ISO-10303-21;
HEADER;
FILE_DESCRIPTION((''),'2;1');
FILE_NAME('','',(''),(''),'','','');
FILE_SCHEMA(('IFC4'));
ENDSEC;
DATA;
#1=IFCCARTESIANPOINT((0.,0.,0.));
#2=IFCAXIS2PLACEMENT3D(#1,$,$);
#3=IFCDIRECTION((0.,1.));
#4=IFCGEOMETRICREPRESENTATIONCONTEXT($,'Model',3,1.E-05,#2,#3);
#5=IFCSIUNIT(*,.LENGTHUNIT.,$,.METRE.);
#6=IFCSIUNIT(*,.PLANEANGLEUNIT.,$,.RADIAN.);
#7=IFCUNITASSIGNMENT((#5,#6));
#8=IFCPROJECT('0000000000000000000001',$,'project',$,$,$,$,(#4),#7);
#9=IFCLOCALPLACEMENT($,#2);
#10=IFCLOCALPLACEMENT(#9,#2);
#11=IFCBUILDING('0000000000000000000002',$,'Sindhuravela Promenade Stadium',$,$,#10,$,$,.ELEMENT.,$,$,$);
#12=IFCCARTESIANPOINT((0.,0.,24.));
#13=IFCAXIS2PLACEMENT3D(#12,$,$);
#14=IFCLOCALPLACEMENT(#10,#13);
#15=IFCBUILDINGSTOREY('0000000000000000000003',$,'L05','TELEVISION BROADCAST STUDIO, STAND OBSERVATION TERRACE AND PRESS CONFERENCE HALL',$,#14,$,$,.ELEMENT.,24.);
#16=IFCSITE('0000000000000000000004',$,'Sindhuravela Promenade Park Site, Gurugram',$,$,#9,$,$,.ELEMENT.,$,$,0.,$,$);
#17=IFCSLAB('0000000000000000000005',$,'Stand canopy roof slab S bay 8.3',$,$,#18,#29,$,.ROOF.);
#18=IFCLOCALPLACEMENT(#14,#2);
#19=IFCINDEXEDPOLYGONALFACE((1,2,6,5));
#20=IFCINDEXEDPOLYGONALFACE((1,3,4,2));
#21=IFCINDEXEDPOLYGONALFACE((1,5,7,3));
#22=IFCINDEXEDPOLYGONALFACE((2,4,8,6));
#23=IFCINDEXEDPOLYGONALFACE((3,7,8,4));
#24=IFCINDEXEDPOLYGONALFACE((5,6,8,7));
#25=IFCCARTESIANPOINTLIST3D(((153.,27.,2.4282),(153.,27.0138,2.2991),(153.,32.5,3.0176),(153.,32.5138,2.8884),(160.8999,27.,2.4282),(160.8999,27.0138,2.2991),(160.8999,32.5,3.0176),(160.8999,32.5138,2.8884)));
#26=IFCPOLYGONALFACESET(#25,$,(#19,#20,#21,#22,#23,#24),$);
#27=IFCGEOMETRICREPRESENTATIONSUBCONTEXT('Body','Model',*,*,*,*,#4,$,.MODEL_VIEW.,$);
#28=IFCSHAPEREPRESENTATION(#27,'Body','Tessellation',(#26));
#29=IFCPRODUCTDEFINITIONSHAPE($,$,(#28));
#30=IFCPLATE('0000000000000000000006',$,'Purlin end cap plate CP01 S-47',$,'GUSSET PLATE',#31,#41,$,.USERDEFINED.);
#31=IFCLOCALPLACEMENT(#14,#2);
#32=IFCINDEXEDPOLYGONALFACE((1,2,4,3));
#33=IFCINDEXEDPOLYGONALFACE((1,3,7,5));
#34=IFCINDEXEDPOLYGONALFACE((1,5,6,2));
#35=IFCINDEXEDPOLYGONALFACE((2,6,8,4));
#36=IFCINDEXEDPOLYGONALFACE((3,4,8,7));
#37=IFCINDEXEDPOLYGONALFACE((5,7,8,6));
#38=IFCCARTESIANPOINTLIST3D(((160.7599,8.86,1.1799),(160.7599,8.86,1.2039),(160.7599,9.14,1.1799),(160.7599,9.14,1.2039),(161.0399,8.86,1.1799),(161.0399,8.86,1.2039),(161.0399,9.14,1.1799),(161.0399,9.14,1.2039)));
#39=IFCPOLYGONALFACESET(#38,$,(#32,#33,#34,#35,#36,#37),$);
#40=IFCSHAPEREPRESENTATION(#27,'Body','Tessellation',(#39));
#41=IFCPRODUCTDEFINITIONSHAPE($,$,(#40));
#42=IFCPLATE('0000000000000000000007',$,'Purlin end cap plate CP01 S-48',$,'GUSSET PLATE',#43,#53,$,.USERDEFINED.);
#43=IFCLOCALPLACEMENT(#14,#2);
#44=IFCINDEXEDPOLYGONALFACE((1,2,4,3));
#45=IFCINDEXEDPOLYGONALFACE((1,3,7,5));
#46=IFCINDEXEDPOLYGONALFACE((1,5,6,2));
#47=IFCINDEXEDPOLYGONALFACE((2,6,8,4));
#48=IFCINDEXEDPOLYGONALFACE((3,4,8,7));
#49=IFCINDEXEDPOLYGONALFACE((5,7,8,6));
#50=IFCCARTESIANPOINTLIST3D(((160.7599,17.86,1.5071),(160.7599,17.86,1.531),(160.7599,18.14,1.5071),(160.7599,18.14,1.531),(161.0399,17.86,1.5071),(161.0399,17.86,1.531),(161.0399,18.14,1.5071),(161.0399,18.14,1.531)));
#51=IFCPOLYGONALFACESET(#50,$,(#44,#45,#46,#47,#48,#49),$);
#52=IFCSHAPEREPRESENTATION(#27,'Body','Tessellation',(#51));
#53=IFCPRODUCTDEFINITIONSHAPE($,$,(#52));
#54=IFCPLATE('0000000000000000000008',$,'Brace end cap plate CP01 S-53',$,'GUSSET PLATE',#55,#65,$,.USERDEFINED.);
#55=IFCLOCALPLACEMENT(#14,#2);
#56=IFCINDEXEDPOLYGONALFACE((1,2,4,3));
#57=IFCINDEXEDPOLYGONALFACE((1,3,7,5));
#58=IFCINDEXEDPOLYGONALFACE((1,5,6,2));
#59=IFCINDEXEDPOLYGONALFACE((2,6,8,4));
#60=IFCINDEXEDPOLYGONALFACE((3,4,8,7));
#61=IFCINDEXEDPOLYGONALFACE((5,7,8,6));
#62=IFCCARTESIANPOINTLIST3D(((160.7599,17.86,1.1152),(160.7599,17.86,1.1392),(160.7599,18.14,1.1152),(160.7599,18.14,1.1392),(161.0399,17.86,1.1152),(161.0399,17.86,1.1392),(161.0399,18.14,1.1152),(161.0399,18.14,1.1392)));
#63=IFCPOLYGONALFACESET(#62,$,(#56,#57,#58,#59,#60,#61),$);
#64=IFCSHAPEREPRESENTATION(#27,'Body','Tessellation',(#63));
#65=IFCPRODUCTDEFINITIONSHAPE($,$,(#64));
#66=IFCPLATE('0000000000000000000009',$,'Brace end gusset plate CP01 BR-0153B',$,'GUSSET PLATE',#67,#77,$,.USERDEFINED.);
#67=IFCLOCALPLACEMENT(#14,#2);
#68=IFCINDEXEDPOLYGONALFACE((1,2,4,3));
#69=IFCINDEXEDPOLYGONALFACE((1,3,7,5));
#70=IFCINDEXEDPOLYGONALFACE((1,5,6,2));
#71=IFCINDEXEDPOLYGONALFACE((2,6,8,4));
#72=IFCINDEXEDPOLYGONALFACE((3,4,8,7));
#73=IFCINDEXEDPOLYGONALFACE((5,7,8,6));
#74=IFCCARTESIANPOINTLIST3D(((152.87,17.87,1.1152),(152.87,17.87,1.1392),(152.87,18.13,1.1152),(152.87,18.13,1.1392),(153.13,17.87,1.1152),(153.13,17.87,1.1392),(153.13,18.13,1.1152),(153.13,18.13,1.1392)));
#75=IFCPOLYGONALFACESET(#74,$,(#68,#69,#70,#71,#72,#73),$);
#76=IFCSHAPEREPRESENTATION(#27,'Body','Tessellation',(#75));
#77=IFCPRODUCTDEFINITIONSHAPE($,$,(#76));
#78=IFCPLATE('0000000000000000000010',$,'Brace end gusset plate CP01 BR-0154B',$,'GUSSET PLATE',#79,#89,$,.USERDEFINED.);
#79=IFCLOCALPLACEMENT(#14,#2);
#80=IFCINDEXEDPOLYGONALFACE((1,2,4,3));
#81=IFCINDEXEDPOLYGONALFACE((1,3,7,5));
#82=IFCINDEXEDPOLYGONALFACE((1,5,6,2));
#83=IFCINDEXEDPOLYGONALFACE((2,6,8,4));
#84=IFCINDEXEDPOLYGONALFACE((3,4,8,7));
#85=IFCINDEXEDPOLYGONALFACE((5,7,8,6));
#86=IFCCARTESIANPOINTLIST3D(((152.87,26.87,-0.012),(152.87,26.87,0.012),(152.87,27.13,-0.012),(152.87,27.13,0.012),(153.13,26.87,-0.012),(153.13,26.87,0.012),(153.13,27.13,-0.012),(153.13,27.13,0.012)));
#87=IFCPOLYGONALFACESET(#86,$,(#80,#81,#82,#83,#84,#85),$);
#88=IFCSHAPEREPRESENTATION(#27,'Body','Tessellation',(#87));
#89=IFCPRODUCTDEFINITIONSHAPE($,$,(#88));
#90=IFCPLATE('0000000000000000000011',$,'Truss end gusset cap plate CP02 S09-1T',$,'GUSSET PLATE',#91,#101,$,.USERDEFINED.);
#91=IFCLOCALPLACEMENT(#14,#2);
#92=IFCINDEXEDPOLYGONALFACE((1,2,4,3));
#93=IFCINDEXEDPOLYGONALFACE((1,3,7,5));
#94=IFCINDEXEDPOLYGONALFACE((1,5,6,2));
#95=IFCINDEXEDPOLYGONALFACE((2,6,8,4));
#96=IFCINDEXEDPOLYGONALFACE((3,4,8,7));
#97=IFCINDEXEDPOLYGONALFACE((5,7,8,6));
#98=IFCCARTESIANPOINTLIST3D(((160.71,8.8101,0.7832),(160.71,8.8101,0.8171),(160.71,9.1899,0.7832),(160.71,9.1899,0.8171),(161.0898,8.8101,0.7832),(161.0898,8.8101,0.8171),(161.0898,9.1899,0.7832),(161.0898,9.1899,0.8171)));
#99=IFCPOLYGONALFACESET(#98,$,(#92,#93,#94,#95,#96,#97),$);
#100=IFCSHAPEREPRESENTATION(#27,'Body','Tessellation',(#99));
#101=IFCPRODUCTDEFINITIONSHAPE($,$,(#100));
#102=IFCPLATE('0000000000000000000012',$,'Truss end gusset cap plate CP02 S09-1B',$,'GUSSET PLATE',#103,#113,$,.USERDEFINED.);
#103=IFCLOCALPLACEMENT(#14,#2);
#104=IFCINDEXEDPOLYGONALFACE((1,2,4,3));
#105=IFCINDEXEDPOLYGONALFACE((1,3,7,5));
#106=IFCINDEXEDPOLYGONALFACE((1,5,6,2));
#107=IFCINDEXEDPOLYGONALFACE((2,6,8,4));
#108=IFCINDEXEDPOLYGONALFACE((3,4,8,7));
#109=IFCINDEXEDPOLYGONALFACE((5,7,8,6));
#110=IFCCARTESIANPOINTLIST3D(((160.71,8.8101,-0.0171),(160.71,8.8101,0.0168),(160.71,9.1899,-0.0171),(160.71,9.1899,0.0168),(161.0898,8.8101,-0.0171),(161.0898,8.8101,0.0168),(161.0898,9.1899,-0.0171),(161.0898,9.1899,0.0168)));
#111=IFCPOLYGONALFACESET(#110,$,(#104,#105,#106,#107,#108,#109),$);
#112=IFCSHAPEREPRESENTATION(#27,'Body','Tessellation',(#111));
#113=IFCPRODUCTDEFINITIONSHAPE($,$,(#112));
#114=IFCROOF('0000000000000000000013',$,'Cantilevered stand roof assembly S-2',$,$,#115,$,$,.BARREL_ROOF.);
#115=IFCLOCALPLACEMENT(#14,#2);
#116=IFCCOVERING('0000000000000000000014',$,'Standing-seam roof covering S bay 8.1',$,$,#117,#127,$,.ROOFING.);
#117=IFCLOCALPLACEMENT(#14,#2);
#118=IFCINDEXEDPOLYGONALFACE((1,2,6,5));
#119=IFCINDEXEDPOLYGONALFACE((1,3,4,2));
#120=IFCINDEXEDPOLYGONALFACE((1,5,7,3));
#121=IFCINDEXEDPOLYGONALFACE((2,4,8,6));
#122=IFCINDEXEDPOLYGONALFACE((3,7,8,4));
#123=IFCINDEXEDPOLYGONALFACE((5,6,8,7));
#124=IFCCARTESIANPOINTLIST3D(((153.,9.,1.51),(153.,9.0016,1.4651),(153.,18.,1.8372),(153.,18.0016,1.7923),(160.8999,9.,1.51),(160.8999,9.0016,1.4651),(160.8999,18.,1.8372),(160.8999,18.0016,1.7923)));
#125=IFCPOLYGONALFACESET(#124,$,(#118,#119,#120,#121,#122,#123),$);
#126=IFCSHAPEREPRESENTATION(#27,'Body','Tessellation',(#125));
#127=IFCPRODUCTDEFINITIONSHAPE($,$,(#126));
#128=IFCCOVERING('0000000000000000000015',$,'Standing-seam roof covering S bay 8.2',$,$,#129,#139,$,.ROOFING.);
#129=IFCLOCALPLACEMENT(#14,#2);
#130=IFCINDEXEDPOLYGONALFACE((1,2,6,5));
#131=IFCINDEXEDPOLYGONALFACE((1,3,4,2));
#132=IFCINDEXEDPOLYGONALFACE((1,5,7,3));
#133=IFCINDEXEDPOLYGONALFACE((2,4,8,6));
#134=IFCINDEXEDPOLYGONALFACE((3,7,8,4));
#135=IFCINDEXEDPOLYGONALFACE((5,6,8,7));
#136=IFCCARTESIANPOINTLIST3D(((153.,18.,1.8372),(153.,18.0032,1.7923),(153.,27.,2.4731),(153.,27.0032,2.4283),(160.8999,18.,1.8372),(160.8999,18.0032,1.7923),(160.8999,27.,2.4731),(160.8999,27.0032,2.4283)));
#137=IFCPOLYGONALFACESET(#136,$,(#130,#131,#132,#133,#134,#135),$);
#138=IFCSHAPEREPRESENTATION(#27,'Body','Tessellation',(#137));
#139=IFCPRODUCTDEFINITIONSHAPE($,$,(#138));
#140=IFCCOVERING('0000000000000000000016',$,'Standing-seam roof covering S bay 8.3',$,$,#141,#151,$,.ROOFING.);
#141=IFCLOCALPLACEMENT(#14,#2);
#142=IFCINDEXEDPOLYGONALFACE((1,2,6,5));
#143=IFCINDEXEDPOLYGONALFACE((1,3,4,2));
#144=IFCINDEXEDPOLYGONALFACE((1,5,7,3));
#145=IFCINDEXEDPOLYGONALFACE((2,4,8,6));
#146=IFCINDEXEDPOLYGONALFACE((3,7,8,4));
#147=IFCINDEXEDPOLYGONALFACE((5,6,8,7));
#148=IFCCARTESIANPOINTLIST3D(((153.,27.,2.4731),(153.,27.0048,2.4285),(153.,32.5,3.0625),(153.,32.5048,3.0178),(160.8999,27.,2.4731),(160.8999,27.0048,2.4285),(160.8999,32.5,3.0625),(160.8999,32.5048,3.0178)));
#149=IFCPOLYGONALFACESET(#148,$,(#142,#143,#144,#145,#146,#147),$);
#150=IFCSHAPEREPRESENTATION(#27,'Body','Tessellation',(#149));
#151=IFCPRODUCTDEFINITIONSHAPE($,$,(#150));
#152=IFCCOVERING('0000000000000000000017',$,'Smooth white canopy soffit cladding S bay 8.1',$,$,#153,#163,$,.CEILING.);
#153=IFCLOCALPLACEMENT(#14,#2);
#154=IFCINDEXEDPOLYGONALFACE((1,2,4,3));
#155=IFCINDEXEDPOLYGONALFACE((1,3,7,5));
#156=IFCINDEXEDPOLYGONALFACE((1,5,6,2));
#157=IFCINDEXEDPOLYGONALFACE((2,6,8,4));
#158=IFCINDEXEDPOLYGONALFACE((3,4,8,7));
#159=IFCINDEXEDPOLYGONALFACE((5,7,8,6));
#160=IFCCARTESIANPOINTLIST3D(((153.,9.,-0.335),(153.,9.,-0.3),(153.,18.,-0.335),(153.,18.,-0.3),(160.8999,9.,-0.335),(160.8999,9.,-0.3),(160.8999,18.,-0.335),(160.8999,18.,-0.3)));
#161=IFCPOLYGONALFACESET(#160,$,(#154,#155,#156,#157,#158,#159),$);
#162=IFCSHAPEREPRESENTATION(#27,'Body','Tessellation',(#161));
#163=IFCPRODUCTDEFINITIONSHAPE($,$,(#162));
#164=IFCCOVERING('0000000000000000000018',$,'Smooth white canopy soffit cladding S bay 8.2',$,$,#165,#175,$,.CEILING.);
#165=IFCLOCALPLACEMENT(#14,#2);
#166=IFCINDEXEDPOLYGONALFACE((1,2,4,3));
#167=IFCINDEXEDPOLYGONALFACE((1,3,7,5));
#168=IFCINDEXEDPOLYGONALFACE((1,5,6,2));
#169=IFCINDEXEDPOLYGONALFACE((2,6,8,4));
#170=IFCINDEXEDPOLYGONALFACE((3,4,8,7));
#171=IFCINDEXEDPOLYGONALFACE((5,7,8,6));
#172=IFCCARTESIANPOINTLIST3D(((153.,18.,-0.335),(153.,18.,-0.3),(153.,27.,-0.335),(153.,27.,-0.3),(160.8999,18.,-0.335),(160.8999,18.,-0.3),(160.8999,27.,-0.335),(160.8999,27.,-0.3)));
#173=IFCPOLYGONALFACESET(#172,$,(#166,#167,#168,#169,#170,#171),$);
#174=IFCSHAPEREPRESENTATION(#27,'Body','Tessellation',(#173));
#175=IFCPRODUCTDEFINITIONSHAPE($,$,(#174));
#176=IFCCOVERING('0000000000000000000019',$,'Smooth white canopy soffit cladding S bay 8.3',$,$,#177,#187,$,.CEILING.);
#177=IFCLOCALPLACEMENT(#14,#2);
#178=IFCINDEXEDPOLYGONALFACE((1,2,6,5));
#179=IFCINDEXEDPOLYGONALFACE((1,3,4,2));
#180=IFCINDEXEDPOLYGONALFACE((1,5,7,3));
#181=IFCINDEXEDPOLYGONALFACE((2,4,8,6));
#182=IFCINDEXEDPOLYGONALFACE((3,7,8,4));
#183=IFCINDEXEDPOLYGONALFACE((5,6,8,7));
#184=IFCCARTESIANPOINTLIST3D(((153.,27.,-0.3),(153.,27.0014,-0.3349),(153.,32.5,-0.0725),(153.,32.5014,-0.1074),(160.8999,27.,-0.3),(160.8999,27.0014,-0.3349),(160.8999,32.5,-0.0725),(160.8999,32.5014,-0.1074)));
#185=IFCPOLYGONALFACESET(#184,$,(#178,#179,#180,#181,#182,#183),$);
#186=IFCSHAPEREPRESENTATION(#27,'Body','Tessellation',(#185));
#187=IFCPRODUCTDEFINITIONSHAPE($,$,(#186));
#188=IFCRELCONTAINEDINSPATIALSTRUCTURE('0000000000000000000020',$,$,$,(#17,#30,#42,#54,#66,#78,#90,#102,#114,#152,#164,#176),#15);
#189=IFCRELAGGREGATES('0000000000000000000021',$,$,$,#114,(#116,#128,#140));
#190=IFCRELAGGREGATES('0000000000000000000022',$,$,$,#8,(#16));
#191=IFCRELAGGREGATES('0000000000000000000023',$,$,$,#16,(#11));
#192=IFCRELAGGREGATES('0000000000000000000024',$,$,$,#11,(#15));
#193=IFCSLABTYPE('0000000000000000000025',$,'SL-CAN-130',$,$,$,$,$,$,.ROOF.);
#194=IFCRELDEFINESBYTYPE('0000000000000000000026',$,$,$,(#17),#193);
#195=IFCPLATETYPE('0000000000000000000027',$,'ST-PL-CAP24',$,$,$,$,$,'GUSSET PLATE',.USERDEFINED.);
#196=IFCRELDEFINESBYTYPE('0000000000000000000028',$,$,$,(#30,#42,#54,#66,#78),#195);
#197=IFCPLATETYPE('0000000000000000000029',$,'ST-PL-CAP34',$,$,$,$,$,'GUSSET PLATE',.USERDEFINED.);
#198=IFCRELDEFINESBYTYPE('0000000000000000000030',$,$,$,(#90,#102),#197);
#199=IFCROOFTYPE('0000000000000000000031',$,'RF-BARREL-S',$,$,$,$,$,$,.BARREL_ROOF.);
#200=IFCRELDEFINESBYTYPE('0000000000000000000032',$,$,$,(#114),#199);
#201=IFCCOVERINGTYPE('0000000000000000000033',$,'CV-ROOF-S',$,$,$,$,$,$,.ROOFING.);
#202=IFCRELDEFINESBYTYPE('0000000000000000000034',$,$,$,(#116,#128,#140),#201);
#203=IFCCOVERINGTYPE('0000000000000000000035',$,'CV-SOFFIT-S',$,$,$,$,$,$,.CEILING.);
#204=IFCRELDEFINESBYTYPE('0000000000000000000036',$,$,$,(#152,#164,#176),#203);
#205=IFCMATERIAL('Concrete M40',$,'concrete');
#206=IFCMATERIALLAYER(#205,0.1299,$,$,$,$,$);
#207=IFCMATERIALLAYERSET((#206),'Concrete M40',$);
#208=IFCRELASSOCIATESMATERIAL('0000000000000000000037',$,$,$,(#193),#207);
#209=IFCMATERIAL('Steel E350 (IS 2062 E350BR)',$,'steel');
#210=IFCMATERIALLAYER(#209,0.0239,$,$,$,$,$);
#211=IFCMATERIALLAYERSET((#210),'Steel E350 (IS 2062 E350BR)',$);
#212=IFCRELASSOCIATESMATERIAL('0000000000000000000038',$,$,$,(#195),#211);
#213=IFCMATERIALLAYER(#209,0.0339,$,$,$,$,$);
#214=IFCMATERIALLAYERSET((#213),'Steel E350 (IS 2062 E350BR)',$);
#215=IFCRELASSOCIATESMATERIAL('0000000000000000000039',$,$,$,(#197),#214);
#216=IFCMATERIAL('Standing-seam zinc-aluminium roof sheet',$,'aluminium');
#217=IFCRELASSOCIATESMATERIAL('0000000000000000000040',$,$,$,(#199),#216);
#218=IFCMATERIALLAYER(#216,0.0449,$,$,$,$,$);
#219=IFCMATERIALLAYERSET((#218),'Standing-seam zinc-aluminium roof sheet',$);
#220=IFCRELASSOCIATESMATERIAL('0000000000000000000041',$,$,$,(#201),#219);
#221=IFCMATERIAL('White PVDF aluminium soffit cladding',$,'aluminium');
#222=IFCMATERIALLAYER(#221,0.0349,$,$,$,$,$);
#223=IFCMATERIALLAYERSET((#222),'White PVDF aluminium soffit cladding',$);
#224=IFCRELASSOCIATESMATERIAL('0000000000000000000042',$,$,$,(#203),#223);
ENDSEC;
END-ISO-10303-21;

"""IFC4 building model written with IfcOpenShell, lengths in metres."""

from ifc_helpers import new_model, si_unit, direction, frame, origin, origin_2d, place, context, subcontext, project, spatial, polyline, rectangle, outline, extrude, material, layer, layer_set, type_object, element, aggregate, save


model = new_model("IFC4")

# Units and contexts
model_context = context("Model", 3, precision=1e-05, world=origin(), true_north=direction((0.0, 1.0)))
body_context = subcontext(model_context, "Body", "Model", "MODEL_VIEW")
ifc_project = project(units=[si_unit("LENGTHUNIT", "METRE"), si_unit("PLANEANGLEUNIT", "RADIAN")], contexts=[model_context])

# Site, building, storey
site_placement = place(None, origin())
site = spatial("IfcSite", under=ifc_project, at=site_placement, Name="Sindhuravela Promenade Park Site, Gurugram", CompositionType="ELEMENT", RefElevation=0.0)
building_placement = place(site_placement, origin())
building = spatial("IfcBuilding", under=site, at=building_placement, Name="Sindhuravela Promenade Stadium", CompositionType="ELEMENT")
storey_placement = place(building_placement, frame((0.0, 0.0, 24.0)))
storey = spatial("IfcBuildingStorey", under=building, at=storey_placement, Name="L05", Description="TELEVISION BROADCAST STUDIO, STAND OBSERVATION TERRACE AND PRESS CONFERENCE HALL", CompositionType="ELEMENT", Elevation=24.0)

# Shared definitions
ifc_material_1 = material(Name="Steel E350 (IS 2062 E350BR)", Category="steel")

# Slab
ifc_material_2 = material(Name="Concrete M40", Category="concrete")
ifc_layer_1 = layer(ifc_material_2, 0.1299)
ifc_layer_set_1 = layer_set([ifc_layer_1], Name="Concrete M40")
slab_type = type_object("IfcSlabType", Name="SL-CAN-130", PredefinedType="ROOF", material=ifc_layer_set_1)
slab_1_placement = place(storey_placement, frame((153.0, 27.0, 2.4282), z_axis=(0.0, -0.106546, 0.994308), x_axis=(1.0, 0.0, 0.0)))
element("IfcSlab", 1, at=slab_1_placement, inside=storey, type_object=slab_type, Name="Stand canopy roof slab S bay 8.3", PredefinedType="ROOF", context=body_context, shape_type="SweptSolid", body=[
    extrude(outline(polyline([(0.0, 0.0), (7.8999, 0.0), (7.8999, 5.5315), (0.0, 5.5315), (0.0, 0.0)])), origin(), (0.0, 0.0, -1.0), 0.1299),
])

# Plates
ifc_layer_2 = layer(ifc_material_1, 0.0239)
ifc_layer_set_2 = layer_set([ifc_layer_2], Name="Steel E350 (IS 2062 E350BR)")
plate_type_1 = type_object("IfcPlateType", Name="ST-PL-CAP24", ElementType="GUSSET PLATE", PredefinedType="USERDEFINED", material=ifc_layer_set_2)
for number, where, z_axis, x_axis, name in (
    (2, (160.8999, 9.0, 1.1799), (0.0, 0.0, 1.0), (1.0, 0.0, 0.0), "Purlin end cap plate CP01 S-47"),
    (3, (160.8999, 18.0, 1.5071), (0.0, 0.0, 1.0), (1.0, 0.0, 0.0), "Purlin end cap plate CP01 S-48"),
    (4, (160.8999, 18.0, 1.1152), (0.0, 0.0, 1.0), (1.0, 0.0, 0.0), "Brace end cap plate CP01 S-53"),
):
    element("IfcPlate", number, at=place(storey_placement, frame(where, z_axis=z_axis, x_axis=x_axis)), inside=storey, type_object=plate_type_1, Name=name, ObjectType="GUSSET PLATE", PredefinedType="USERDEFINED", context=body_context, shape_type="SweptSolid", body=[
        extrude(rectangle(XDim=0.28, YDim=0.28, at=origin_2d()), origin(), (0.0, 0.0, 1.0), 0.0239),
    ])
for number, where, z_axis, x_axis, name in (
    (5, (153.0, 18.0, 1.1152), (0.0, 0.0, 1.0), (1.0, 0.0, 0.0), "Brace end gusset plate CP01 BR-0153B"),
    (6, (153.0, 27.0, -0.012), (0.0, 0.0, 1.0), (1.0, 0.0, 0.0), "Brace end gusset plate CP01 BR-0154B"),
):
    element("IfcPlate", number, at=place(storey_placement, frame(where, z_axis=z_axis, x_axis=x_axis)), inside=storey, type_object=plate_type_1, Name=name, ObjectType="GUSSET PLATE", PredefinedType="USERDEFINED", context=body_context, shape_type="SweptSolid", body=[
        extrude(rectangle(XDim=0.26, YDim=0.26, at=origin_2d()), origin(), (0.0, 0.0, 1.0), 0.0239),
    ])
ifc_layer_3 = layer(ifc_material_1, 0.0339)
ifc_layer_set_3 = layer_set([ifc_layer_3], Name="Steel E350 (IS 2062 E350BR)")
plate_type_2 = type_object("IfcPlateType", Name="ST-PL-CAP34", ElementType="GUSSET PLATE", PredefinedType="USERDEFINED", material=ifc_layer_set_3)
for number, where, z_axis, x_axis, name in (
    (7, (160.8999, 9.0, 0.7832), (0.0, 0.0, 1.0), (1.0, 0.0, 0.0), "Truss end gusset cap plate CP02 S09-1T"),
    (8, (160.8999, 9.0, -0.0171), (0.0, 0.0, 1.0), (1.0, 0.0, 0.0), "Truss end gusset cap plate CP02 S09-1B"),
):
    element("IfcPlate", number, at=place(storey_placement, frame(where, z_axis=z_axis, x_axis=x_axis)), inside=storey, type_object=plate_type_2, Name=name, ObjectType="GUSSET PLATE", PredefinedType="USERDEFINED", context=body_context, shape_type="SweptSolid", body=[
        extrude(rectangle(XDim=0.3799, YDim=0.3799, at=origin_2d()), origin(), (0.0, 0.0, 1.0), 0.0339),
    ])

# Roof, coverings
ifc_material_3 = material(Name="Standing-seam zinc-aluminium roof sheet", Category="aluminium")
roof_type = type_object("IfcRoofType", Name="RF-BARREL-S", PredefinedType="BARREL_ROOF", material=ifc_material_3)
roof_placement = place(storey_placement, origin())
roof = element("IfcRoof", 9, at=roof_placement, inside=storey, type_object=roof_type, Name="Cantilevered stand roof assembly S-2", PredefinedType="BARREL_ROOF")
ifc_layer_4 = layer(ifc_material_3, 0.0449)
ifc_layer_set_4 = layer_set([ifc_layer_4], Name="Standing-seam zinc-aluminium roof sheet")
covering_type_1 = type_object("IfcCoveringType", Name="CV-ROOF-S", PredefinedType="ROOFING", material=ifc_layer_set_4)
covering_1_placement = place(storey_placement, frame((153.0, 9.0, 1.51), z_axis=(0.0, -0.036326, 0.99934), x_axis=(1.0, 0.0, 0.0)))
covering_1 = element("IfcCovering", 10, at=covering_1_placement, type_object=covering_type_1, Name="Standing-seam roof covering S bay 8.1", PredefinedType="ROOFING", context=body_context, shape_type="SweptSolid", body=[
    extrude(outline(polyline([(0.0, 0.0), (7.8999, 0.0), (7.8999, 9.0059), (0.0, 9.0059), (0.0, 0.0)])), origin(), (0.0, 0.0, -1.0), 0.0449),
])
covering_2_placement = place(storey_placement, frame((153.0, 18.0, 1.8372), z_axis=(0.0, -0.070489, 0.997513), x_axis=(1.0, 0.0, 0.0)))
covering_2 = element("IfcCovering", 11, at=covering_2_placement, type_object=covering_type_1, Name="Standing-seam roof covering S bay 8.2", PredefinedType="ROOFING", context=body_context, shape_type="SweptSolid", body=[
    extrude(outline(polyline([(0.0, 0.0), (7.8999, 0.0), (7.8999, 9.0224), (0.0, 9.0224), (0.0, 0.0)])), origin(), (0.0, 0.0, -1.0), 0.0449),
])
covering_3_placement = place(storey_placement, frame((153.0, 27.0, 2.4731), z_axis=(0.0, -0.106546, 0.994308), x_axis=(1.0, 0.0, 0.0)))
covering_3 = element("IfcCovering", 12, at=covering_3_placement, type_object=covering_type_1, Name="Standing-seam roof covering S bay 8.3", PredefinedType="ROOFING", context=body_context, shape_type="SweptSolid", body=[
    extrude(outline(polyline([(0.0, 0.0), (7.8999, 0.0), (7.8999, 5.5315), (0.0, 5.5315), (0.0, 0.0)])), origin(), (0.0, 0.0, -1.0), 0.0449),
])
aggregate(roof, [covering_1, covering_2, covering_3])

# Coverings
ifc_material_4 = material(Name="White PVDF aluminium soffit cladding", Category="aluminium")
ifc_layer_5 = layer(ifc_material_4, 0.0349)
ifc_layer_set_5 = layer_set([ifc_layer_5], Name="White PVDF aluminium soffit cladding")
covering_type_2 = type_object("IfcCoveringType", Name="CV-SOFFIT-S", PredefinedType="CEILING", material=ifc_layer_set_5)
for number, where, z_axis, x_axis, name in (
    (13, (153.0, 9.0, -0.3), (0.0, 0.0, 1.0), (1.0, 0.0, 0.0), "Smooth white canopy soffit cladding S bay 8.1"),
    (14, (153.0, 18.0, -0.3), (0.0, 0.0, 1.0), (1.0, 0.0, 0.0), "Smooth white canopy soffit cladding S bay 8.2"),
):
    element("IfcCovering", number, at=place(storey_placement, frame(where, z_axis=z_axis, x_axis=x_axis)), inside=storey, type_object=covering_type_2, Name=name, PredefinedType="CEILING", context=body_context, shape_type="SweptSolid", body=[
        extrude(outline(polyline([(0.0, 0.0), (7.8999, 0.0), (7.8999, 9.0), (0.0, 9.0), (0.0, 0.0)])), origin(), (0.0, 0.0, -1.0), 0.0349),
    ])
covering_4_placement = place(storey_placement, frame((153.0, 27.0, -0.3), z_axis=(0.0, -0.041335, 0.999145), x_axis=(1.0, 0.0, 0.0)))
element("IfcCovering", 15, at=covering_4_placement, inside=storey, type_object=covering_type_2, Name="Smooth white canopy soffit cladding S bay 8.3", PredefinedType="CEILING", context=body_context, shape_type="SweptSolid", body=[
    extrude(outline(polyline([(0.0, 0.0), (7.8999, 0.0), (7.8999, 5.5047), (0.0, 5.5047), (0.0, 0.0)])), origin(), (0.0, 0.0, -1.0), 0.0349),
])

save(model, "model.ifc")
